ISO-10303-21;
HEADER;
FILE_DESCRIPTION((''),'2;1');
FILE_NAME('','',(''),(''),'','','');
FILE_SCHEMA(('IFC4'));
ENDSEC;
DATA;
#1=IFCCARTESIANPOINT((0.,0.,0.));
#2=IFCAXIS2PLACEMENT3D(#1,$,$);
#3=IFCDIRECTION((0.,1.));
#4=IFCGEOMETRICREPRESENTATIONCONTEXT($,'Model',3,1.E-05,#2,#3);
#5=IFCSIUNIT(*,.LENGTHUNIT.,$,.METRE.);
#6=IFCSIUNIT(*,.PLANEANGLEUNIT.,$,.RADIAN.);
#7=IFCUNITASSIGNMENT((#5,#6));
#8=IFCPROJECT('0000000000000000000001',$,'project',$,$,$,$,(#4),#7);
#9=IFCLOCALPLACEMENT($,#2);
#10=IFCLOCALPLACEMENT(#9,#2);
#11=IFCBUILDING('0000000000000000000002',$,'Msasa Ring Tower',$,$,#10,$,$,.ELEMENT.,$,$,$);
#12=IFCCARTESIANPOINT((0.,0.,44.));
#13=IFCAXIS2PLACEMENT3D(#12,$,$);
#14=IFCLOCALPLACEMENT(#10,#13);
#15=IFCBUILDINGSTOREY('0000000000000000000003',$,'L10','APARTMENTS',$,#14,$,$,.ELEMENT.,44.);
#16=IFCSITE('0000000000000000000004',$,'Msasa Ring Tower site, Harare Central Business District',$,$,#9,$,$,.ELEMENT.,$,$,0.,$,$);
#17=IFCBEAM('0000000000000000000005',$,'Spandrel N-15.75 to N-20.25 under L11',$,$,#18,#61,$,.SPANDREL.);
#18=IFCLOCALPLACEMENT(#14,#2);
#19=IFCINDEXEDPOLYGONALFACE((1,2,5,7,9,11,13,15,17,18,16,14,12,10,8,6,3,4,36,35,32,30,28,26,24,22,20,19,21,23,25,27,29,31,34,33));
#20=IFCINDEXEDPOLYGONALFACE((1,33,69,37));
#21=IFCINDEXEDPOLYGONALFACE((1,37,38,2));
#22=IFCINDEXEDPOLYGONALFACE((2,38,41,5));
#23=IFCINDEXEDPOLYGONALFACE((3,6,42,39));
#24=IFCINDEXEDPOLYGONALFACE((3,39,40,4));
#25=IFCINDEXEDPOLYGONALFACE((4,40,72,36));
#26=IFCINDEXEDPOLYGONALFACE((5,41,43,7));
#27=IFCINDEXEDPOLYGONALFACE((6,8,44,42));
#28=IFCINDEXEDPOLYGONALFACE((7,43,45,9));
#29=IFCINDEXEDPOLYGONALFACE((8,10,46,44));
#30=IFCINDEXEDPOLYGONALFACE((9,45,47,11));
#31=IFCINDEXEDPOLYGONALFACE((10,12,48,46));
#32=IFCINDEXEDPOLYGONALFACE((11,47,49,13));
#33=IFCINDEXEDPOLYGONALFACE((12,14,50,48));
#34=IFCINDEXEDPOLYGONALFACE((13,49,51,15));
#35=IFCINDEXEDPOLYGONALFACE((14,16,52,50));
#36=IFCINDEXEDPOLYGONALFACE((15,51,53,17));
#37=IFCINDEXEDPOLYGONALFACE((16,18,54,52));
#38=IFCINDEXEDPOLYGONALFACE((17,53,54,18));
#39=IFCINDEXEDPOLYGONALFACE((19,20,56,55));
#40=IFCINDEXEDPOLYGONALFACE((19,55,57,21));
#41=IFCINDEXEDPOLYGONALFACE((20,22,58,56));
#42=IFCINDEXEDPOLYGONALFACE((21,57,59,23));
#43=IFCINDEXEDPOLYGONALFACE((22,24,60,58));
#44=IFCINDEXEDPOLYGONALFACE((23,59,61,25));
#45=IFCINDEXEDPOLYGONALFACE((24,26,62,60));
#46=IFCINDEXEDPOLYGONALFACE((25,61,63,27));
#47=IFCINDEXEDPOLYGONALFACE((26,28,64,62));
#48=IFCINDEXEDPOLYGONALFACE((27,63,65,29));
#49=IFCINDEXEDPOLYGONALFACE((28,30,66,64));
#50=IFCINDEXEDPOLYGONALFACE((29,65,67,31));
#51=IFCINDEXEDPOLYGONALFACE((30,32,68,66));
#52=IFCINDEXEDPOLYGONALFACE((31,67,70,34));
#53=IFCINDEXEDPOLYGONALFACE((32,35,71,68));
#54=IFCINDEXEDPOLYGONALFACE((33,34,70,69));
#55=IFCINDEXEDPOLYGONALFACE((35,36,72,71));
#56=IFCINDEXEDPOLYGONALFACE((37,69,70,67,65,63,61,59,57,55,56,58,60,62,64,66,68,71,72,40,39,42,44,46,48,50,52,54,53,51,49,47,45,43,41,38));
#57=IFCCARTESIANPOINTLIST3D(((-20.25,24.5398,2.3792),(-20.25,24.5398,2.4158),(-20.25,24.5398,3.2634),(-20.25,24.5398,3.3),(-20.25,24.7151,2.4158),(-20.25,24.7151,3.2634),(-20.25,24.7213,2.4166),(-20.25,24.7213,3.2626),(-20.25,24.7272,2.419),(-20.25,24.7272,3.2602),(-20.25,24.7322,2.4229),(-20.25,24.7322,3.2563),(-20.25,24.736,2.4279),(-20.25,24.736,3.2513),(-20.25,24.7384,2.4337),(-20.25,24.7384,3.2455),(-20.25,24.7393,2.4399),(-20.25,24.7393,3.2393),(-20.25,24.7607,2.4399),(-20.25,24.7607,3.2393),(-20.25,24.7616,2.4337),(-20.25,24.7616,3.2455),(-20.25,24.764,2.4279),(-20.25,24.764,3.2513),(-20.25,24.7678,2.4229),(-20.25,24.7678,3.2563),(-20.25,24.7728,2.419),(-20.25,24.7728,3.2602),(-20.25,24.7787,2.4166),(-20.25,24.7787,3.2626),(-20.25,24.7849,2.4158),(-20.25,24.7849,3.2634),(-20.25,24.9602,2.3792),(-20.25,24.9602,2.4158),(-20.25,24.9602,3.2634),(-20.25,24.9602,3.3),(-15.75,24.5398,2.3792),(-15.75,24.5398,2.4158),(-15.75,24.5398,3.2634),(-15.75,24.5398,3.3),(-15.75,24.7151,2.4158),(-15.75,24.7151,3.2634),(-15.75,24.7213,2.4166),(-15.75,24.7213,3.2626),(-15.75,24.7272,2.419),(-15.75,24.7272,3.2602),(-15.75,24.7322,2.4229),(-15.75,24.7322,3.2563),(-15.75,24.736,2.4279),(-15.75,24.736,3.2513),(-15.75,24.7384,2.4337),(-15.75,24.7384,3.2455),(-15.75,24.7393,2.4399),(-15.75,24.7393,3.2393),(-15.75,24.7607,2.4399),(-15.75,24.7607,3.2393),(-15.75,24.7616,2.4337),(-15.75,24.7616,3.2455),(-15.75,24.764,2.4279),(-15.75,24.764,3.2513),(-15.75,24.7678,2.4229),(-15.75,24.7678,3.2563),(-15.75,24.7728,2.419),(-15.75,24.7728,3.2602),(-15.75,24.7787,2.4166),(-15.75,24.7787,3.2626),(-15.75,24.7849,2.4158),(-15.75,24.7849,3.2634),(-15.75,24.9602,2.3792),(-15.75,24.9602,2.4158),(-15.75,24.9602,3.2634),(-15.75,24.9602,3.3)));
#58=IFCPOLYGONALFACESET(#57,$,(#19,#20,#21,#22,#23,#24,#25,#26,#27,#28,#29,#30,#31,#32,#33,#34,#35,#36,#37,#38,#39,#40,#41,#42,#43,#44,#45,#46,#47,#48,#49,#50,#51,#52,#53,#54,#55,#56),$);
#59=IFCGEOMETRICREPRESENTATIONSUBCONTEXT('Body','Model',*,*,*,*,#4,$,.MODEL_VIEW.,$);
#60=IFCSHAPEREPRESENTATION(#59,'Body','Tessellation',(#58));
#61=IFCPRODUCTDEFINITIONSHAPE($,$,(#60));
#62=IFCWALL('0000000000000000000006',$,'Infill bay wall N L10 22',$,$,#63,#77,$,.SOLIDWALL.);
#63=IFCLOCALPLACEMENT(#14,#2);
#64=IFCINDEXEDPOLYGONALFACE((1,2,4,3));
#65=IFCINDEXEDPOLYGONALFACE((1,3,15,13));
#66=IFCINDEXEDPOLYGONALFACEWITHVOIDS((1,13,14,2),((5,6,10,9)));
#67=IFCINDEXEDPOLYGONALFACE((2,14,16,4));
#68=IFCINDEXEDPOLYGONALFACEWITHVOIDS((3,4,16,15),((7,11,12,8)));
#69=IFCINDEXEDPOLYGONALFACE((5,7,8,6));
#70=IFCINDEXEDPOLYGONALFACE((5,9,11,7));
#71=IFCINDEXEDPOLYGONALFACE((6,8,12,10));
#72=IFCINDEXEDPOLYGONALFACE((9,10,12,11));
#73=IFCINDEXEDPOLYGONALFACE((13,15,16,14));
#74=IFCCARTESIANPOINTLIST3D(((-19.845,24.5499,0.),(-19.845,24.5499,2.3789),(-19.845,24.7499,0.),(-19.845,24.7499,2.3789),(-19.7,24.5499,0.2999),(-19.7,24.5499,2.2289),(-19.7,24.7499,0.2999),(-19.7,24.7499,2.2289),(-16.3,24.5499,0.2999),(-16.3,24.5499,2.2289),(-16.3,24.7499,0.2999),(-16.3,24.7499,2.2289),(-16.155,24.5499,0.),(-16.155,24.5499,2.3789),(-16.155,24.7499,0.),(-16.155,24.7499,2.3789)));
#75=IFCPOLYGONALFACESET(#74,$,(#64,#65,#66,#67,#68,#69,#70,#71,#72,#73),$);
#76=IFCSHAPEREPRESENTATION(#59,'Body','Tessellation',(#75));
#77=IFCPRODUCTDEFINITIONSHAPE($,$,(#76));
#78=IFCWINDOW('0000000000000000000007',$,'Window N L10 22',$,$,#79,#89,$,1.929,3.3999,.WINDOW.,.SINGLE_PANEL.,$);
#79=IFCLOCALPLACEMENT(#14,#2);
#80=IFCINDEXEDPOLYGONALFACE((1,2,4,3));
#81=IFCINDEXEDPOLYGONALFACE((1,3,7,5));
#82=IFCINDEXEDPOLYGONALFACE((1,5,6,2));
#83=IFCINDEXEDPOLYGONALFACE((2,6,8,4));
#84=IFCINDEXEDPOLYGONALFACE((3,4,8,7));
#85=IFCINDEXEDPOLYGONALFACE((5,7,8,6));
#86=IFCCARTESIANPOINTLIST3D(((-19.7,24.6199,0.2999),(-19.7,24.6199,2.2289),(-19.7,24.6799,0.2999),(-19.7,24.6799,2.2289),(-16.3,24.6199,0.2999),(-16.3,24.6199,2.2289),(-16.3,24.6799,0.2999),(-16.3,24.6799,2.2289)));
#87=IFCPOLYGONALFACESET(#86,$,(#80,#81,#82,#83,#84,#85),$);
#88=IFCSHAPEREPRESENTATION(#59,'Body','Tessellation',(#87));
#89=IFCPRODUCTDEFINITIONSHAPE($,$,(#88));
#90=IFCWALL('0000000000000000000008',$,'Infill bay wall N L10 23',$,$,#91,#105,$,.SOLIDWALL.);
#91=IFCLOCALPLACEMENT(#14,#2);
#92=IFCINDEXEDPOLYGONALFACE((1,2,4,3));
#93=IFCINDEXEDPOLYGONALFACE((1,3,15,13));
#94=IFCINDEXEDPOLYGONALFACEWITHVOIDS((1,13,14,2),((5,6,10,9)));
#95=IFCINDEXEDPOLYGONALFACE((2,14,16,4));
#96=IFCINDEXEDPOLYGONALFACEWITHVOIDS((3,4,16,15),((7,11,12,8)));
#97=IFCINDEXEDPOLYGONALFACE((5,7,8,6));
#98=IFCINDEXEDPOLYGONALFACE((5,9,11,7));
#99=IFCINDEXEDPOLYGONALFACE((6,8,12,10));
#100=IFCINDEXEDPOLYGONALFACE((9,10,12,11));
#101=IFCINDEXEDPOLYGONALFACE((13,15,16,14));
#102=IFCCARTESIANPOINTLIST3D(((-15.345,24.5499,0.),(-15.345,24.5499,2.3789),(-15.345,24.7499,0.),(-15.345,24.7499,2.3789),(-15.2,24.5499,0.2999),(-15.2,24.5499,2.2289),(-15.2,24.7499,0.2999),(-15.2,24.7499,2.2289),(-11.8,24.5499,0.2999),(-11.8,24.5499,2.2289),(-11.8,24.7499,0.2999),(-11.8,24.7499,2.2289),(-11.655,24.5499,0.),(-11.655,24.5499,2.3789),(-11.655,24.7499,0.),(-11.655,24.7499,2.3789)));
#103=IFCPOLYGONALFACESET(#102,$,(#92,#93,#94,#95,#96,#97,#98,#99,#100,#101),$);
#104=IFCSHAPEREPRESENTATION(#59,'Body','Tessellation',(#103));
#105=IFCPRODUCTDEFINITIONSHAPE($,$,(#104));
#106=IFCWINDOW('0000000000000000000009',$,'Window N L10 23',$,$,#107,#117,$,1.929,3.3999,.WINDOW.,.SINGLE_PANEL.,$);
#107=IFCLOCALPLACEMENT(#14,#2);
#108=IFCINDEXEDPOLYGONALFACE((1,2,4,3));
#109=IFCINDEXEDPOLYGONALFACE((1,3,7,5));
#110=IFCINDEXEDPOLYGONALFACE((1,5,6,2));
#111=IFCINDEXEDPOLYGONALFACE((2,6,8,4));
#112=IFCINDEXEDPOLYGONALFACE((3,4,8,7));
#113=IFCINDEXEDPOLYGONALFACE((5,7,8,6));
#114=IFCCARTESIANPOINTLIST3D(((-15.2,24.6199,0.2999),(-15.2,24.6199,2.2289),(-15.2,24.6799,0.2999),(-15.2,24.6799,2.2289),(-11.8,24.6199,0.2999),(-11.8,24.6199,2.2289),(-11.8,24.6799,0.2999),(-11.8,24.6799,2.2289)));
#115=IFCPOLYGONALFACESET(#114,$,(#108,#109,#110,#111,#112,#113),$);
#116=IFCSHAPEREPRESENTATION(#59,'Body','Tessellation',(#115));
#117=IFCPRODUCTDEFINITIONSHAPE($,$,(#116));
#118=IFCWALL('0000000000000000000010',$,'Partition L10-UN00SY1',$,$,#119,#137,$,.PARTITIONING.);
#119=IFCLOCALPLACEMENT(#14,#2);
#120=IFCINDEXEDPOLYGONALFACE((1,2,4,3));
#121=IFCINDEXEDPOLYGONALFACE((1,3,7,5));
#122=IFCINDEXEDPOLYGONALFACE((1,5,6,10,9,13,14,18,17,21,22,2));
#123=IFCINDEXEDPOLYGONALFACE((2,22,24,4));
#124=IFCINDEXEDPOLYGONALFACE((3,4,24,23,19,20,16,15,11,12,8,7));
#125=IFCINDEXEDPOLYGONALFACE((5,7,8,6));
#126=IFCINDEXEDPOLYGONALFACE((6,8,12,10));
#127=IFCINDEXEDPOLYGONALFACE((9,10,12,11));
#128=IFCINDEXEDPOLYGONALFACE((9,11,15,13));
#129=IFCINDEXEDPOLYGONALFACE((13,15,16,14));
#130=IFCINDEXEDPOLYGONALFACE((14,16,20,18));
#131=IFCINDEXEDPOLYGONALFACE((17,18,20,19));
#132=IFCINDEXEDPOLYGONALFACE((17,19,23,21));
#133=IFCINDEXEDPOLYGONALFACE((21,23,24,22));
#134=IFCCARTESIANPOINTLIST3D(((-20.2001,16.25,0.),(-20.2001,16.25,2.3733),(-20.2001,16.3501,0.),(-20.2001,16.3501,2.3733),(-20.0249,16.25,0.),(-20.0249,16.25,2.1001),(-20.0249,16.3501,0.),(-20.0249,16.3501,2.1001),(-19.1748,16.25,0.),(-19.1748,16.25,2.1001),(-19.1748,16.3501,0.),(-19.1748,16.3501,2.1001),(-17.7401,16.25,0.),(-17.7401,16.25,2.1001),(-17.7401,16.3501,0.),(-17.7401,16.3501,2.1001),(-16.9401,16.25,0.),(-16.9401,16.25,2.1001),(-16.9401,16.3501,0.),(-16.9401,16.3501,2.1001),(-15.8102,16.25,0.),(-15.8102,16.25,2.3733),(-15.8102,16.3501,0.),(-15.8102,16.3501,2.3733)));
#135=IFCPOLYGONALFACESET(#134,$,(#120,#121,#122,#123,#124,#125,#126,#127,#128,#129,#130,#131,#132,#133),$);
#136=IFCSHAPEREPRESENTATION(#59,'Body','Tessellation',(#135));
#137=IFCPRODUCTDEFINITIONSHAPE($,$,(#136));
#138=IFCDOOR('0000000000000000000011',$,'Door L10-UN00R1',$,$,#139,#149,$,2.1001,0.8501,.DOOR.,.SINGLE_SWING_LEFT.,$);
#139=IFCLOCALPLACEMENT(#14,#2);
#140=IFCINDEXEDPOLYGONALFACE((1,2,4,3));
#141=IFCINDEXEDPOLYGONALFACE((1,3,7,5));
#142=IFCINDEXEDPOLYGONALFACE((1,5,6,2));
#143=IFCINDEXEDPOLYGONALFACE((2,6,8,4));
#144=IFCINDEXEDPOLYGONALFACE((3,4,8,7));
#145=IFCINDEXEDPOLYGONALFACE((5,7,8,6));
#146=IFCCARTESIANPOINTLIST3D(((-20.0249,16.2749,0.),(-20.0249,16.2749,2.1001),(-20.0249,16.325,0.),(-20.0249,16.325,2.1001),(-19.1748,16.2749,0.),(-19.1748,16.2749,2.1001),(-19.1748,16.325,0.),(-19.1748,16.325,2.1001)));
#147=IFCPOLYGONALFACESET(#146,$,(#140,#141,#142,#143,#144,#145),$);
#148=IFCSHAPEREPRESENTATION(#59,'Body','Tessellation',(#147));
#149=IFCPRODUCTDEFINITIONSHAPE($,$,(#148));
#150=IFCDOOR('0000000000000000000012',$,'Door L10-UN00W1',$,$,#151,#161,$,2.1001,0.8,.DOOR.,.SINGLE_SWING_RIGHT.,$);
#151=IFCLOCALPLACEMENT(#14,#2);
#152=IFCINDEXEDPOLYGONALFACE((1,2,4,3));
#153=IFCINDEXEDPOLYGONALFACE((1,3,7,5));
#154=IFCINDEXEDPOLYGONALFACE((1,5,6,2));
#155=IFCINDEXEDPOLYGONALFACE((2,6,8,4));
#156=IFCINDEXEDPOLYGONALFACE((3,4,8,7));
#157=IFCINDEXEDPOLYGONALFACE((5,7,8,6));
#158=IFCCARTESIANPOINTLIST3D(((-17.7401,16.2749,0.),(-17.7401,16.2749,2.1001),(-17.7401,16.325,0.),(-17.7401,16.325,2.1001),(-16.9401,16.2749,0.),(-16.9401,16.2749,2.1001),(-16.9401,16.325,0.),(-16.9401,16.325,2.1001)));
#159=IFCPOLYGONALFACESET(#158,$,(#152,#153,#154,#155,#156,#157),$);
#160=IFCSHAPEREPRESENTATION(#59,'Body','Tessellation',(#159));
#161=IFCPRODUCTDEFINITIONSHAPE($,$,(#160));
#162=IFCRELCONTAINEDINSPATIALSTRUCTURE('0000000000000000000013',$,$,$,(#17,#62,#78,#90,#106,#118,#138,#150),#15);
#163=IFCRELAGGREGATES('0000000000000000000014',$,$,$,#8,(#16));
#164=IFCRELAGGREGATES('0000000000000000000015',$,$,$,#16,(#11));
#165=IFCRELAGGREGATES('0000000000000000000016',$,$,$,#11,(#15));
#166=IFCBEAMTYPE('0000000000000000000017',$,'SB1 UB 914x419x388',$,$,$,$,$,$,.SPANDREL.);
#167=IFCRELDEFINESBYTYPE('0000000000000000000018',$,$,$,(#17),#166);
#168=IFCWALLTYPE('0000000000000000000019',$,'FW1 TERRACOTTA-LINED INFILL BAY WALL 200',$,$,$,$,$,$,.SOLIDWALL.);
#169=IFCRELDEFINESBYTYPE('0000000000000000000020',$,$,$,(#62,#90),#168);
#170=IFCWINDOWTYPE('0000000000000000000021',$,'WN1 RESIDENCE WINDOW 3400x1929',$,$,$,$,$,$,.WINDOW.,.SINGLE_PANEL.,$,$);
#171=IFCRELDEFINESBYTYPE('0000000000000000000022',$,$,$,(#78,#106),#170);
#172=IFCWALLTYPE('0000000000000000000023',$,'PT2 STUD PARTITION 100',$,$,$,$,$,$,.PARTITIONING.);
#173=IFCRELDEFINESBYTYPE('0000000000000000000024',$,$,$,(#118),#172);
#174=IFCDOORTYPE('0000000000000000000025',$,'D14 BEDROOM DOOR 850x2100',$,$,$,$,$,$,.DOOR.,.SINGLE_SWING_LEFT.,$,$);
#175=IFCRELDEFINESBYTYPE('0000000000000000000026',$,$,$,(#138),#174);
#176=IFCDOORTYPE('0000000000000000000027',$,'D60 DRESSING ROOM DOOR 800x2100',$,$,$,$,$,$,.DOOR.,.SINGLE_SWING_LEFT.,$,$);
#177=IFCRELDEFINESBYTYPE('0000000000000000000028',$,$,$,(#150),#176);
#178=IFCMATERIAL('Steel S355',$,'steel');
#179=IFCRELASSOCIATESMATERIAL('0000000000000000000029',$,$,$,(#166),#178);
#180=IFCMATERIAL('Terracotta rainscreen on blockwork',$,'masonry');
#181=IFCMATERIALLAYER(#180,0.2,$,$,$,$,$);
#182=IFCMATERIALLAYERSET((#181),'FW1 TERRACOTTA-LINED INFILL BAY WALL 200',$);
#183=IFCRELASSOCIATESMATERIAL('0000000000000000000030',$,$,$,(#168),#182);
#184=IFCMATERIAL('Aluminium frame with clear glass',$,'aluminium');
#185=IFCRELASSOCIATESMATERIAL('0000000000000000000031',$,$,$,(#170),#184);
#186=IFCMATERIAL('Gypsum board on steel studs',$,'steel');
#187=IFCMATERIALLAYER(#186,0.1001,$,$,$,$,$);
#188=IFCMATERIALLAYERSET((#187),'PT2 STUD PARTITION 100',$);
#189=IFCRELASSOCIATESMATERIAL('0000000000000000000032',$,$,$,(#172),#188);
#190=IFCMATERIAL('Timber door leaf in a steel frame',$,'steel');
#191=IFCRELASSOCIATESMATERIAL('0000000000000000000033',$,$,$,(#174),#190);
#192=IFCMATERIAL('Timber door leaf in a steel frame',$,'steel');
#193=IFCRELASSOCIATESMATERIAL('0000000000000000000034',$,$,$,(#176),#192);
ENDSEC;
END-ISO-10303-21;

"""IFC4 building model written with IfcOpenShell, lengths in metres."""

from ifc_helpers import new_model, si_unit, direction, frame, frame_2d, origin, origin_2d, place, context, subcontext, project, spatial, rectangle, i_section, extrude, material, layer, layer_set, material_profile, profile_set, type_object, element, fill, save


model = new_model("IFC4")

# Units and contexts
model_context = context("Model", 3, precision=1e-05, world=origin(), true_north=direction((0.0, 1.0)))
body_context = subcontext(model_context, "Body", "Model", "MODEL_VIEW")
ifc_project = project(units=[si_unit("LENGTHUNIT", "METRE"), si_unit("PLANEANGLEUNIT", "RADIAN")], contexts=[model_context])

# Site, building, storey
site_placement = place(None, origin())
site = spatial("IfcSite", under=ifc_project, at=site_placement, Name="Msasa Ring Tower site, Harare Central Business District", CompositionType="ELEMENT", RefElevation=0.0)
building_placement = place(site_placement, origin())
building = spatial("IfcBuilding", under=site, at=building_placement, Name="Msasa Ring Tower", CompositionType="ELEMENT")
storey_placement = place(building_placement, frame((0.0, 0.0, 44.0)))
storey = spatial("IfcBuildingStorey", under=building, at=storey_placement, Name="L10", Description="APARTMENTS", CompositionType="ELEMENT", Elevation=44.0)

# Beam
ifc_material_1 = material(Name="Steel S355", Category="steel")
ifc_material_profile_1 = material_profile(ifc_material_1, i_section(OverallWidth=0.4204, OverallDepth=0.9209, WebThickness=0.0215, FlangeThickness=0.0366, FilletRadius=0.0242, at=origin_2d()), Name="UB 914x419x388")
ifc_profile_set_1 = profile_set([ifc_material_profile_1], Name="Steel S355")
beam_type_1 = type_object("IfcBeamType", Name="SB1 UB 914x419x388", PredefinedType="SPANDREL", material=ifc_profile_set_1)
for number, where, z_axis, x_axis, name in (
    (1, (-15.75, 24.75, 2.8396), (-1.0, 0.0, 0.0), (0.0, -1.0, 0.0), "Spandrel N-15.75 to N-20.25 under L11"),
):
    element("IfcBeam", number, at=place(storey_placement, frame(where, z_axis=z_axis, x_axis=x_axis)), inside=storey, type_object=beam_type_1, Name=name, PredefinedType="SPANDREL", context=body_context, shape_type="SweptSolid", body=[
        extrude(i_section(OverallWidth=0.4204, OverallDepth=0.9209, WebThickness=0.0215, FlangeThickness=0.0366, FilletRadius=0.0242, at=origin_2d()), origin(), (0.0, 0.0, 1.0), 4.5),
    ])

# Walls, openings, windows
ifc_material_2 = material(Name="Terracotta rainscreen on blockwork", Category="masonry")
ifc_layer_1 = layer(ifc_material_2, 0.2)
ifc_layer_set_1 = layer_set([ifc_layer_1], Name="FW1 TERRACOTTA-LINED INFILL BAY WALL 200")
wall_type_1 = type_object("IfcWallType", Name="FW1 TERRACOTTA-LINED INFILL BAY WALL 200", PredefinedType="SOLIDWALL", material=ifc_layer_set_1)
wall_1_placement = place(storey_placement, frame((-19.845, 24.6499, 0.0), z_axis=(0.0, 0.0, 1.0), x_axis=(1.0, 0.0, 0.0)))
wall_1 = element("IfcWall", 2, at=wall_1_placement, inside=storey, type_object=wall_type_1, Name="Infill bay wall N L10 22", PredefinedType="SOLIDWALL", context=body_context, shape_type="SweptSolid", body=[
    extrude(rectangle(XDim=3.6899, YDim=0.2, at=frame_2d((1.845, 0.0))), origin(), (0.0, 0.0, 1.0), 2.3789),
])
opening_1_placement = place(wall_1_placement, frame((0.145, 0.0, 0.3)))
opening_1 = element("IfcOpeningElement", 3, at=opening_1_placement, cuts=wall_1, PredefinedType="OPENING", context=body_context, shape_type="SweptSolid", body=[
    extrude(rectangle(XDim=3.3999, YDim=1.929, at=frame_2d((1.7, 0.9644))), frame((0.0, 0.1099, 0.0), z_axis=(0.0, -1.0, 0.0), x_axis=(1.0, 0.0, 0.0)), (0.0, 0.0, 1.0), 0.22),
])
ifc_material_3 = material(Name="Aluminium frame with clear glass", Category="aluminium")
window_type = type_object("IfcWindowType", Name="WN1 RESIDENCE WINDOW 3400x1929", PartitioningType="SINGLE_PANEL", PredefinedType="WINDOW", material=ifc_material_3)
window_1_placement = place(opening_1_placement, origin())
window_1 = element("IfcWindow", 4, at=window_1_placement, inside=storey, type_object=window_type, Name="Window N L10 22", OverallHeight=1.929, OverallWidth=3.3999, PartitioningType="SINGLE_PANEL", PredefinedType="WINDOW", context=body_context, shape_type="SweptSolid", body=[
    extrude(rectangle(XDim=3.3999, YDim=1.929, at=frame_2d((1.7, 0.9644))), frame((0.0, 0.03, 0.0), z_axis=(0.0, -1.0, 0.0), x_axis=(1.0, 0.0, 0.0)), (0.0, 0.0, 1.0), 0.0601),
])
fill(opening_1, window_1)
wall_2_placement = place(storey_placement, frame((-15.345, 24.6499, 0.0), z_axis=(0.0, 0.0, 1.0), x_axis=(1.0, 0.0, 0.0)))
wall_2 = element("IfcWall", 5, at=wall_2_placement, inside=storey, type_object=wall_type_1, Name="Infill bay wall N L10 23", PredefinedType="SOLIDWALL", context=body_context, shape_type="SweptSolid", body=[
    extrude(rectangle(XDim=3.6899, YDim=0.2, at=frame_2d((1.845, 0.0))), origin(), (0.0, 0.0, 1.0), 2.3789),
])
opening_2_placement = place(wall_2_placement, frame((0.145, 0.0, 0.3)))
opening_2 = element("IfcOpeningElement", 6, at=opening_2_placement, cuts=wall_2, PredefinedType="OPENING", context=body_context, shape_type="SweptSolid", body=[
    extrude(rectangle(XDim=3.3999, YDim=1.929, at=frame_2d((1.7, 0.9644))), frame((0.0, 0.1099, 0.0), z_axis=(0.0, -1.0, 0.0), x_axis=(1.0, 0.0, 0.0)), (0.0, 0.0, 1.0), 0.22),
])
window_2_placement = place(opening_2_placement, origin())
window_2 = element("IfcWindow", 7, at=window_2_placement, inside=storey, type_object=window_type, Name="Window N L10 23", OverallHeight=1.929, OverallWidth=3.3999, PartitioningType="SINGLE_PANEL", PredefinedType="WINDOW", context=body_context, shape_type="SweptSolid", body=[
    extrude(rectangle(XDim=3.3999, YDim=1.929, at=frame_2d((1.7, 0.9644))), frame((0.0, 0.03, 0.0), z_axis=(0.0, -1.0, 0.0), x_axis=(1.0, 0.0, 0.0)), (0.0, 0.0, 1.0), 0.0601),
])
fill(opening_2, window_2)

# Wall, openings, doors
ifc_material_4 = material(Name="Gypsum board on steel studs", Category="steel")
ifc_layer_2 = layer(ifc_material_4, 0.1001)
ifc_layer_set_2 = layer_set([ifc_layer_2], Name="PT2 STUD PARTITION 100")
wall_type_2 = type_object("IfcWallType", Name="PT2 STUD PARTITION 100", PredefinedType="PARTITIONING", material=ifc_layer_set_2)
wall_3_placement = place(storey_placement, frame((-20.2, 16.3, 0.0), z_axis=(0.0, 0.0, 1.0), x_axis=(1.0, 0.0, 0.0)))
wall_3 = element("IfcWall", 8, at=wall_3_placement, inside=storey, type_object=wall_type_2, Name="Partition L10-UN00SY1", PredefinedType="PARTITIONING", context=body_context, shape_type="SweptSolid", body=[
    extrude(rectangle(XDim=4.3899, YDim=0.1001, at=frame_2d((2.1948, 0.0))), origin(), (0.0, 0.0, 1.0), 2.3733),
])
opening_3_placement = place(wall_3_placement, frame((0.175, 0.0, 0.0)))
opening_3 = element("IfcOpeningElement", 9, at=opening_3_placement, cuts=wall_3, PredefinedType="OPENING", context=body_context, shape_type="SweptSolid", body=[
    extrude(rectangle(XDim=0.8501, YDim=2.1001, at=frame_2d((0.425, 1.05))), frame((0.0, 0.0601, 0.0), z_axis=(0.0, -1.0, 0.0), x_axis=(1.0, 0.0, 0.0)), (0.0, 0.0, 1.0), 0.1201),
])
opening_4_placement = place(wall_3_placement, frame((2.46, 0.0, 0.0)))
opening_4 = element("IfcOpeningElement", 10, at=opening_4_placement, cuts=wall_3, PredefinedType="OPENING", context=body_context, shape_type="SweptSolid", body=[
    extrude(rectangle(XDim=0.8, YDim=2.1001, at=frame_2d((0.3999, 1.05))), frame((0.0, 0.0601, 0.0), z_axis=(0.0, -1.0, 0.0), x_axis=(1.0, 0.0, 0.0)), (0.0, 0.0, 1.0), 0.1201),
])
ifc_material_5 = material(Name="Timber door leaf in a steel frame", Category="steel")
door_type_1 = type_object("IfcDoorType", Name="D14 BEDROOM DOOR 850x2100", OperationType="SINGLE_SWING_LEFT", PredefinedType="DOOR", material=ifc_material_5)
door_1_placement = place(opening_3_placement, origin())
door_1 = element("IfcDoor", 11, at=door_1_placement, inside=storey, type_object=door_type_1, Name="Door L10-UN00R1", OperationType="SINGLE_SWING_LEFT", OverallHeight=2.1001, OverallWidth=0.8501, PredefinedType="DOOR", context=body_context, shape_type="SweptSolid", body=[
    extrude(rectangle(XDim=0.8501, YDim=2.1001, at=frame_2d((0.425, 1.05))), frame((0.0, 0.0249, 0.0), z_axis=(0.0, -1.0, 0.0), x_axis=(1.0, 0.0, 0.0)), (0.0, 0.0, 1.0), 0.05),
])
fill(opening_3, door_1)
ifc_material_6 = material(Name="Timber door leaf in a steel frame", Category="steel")
door_type_2 = type_object("IfcDoorType", Name="D60 DRESSING ROOM DOOR 800x2100", OperationType="SINGLE_SWING_LEFT", PredefinedType="DOOR", material=ifc_material_6)
door_2_placement = place(opening_4_placement, origin())
door_2 = element("IfcDoor", 12, at=door_2_placement, inside=storey, type_object=door_type_2, Name="Door L10-UN00W1", OperationType="SINGLE_SWING_RIGHT", OverallHeight=2.1001, OverallWidth=0.8, PredefinedType="DOOR", context=body_context, shape_type="SweptSolid", body=[
    extrude(rectangle(XDim=0.8, YDim=2.1001, at=frame_2d((0.3999, 1.05))), frame((0.0, 0.0249, 0.0), z_axis=(0.0, -1.0, 0.0), x_axis=(1.0, 0.0, 0.0)), (0.0, 0.0, 1.0), 0.05),
])
fill(opening_4, door_2)

save(model, "model.ifc")
